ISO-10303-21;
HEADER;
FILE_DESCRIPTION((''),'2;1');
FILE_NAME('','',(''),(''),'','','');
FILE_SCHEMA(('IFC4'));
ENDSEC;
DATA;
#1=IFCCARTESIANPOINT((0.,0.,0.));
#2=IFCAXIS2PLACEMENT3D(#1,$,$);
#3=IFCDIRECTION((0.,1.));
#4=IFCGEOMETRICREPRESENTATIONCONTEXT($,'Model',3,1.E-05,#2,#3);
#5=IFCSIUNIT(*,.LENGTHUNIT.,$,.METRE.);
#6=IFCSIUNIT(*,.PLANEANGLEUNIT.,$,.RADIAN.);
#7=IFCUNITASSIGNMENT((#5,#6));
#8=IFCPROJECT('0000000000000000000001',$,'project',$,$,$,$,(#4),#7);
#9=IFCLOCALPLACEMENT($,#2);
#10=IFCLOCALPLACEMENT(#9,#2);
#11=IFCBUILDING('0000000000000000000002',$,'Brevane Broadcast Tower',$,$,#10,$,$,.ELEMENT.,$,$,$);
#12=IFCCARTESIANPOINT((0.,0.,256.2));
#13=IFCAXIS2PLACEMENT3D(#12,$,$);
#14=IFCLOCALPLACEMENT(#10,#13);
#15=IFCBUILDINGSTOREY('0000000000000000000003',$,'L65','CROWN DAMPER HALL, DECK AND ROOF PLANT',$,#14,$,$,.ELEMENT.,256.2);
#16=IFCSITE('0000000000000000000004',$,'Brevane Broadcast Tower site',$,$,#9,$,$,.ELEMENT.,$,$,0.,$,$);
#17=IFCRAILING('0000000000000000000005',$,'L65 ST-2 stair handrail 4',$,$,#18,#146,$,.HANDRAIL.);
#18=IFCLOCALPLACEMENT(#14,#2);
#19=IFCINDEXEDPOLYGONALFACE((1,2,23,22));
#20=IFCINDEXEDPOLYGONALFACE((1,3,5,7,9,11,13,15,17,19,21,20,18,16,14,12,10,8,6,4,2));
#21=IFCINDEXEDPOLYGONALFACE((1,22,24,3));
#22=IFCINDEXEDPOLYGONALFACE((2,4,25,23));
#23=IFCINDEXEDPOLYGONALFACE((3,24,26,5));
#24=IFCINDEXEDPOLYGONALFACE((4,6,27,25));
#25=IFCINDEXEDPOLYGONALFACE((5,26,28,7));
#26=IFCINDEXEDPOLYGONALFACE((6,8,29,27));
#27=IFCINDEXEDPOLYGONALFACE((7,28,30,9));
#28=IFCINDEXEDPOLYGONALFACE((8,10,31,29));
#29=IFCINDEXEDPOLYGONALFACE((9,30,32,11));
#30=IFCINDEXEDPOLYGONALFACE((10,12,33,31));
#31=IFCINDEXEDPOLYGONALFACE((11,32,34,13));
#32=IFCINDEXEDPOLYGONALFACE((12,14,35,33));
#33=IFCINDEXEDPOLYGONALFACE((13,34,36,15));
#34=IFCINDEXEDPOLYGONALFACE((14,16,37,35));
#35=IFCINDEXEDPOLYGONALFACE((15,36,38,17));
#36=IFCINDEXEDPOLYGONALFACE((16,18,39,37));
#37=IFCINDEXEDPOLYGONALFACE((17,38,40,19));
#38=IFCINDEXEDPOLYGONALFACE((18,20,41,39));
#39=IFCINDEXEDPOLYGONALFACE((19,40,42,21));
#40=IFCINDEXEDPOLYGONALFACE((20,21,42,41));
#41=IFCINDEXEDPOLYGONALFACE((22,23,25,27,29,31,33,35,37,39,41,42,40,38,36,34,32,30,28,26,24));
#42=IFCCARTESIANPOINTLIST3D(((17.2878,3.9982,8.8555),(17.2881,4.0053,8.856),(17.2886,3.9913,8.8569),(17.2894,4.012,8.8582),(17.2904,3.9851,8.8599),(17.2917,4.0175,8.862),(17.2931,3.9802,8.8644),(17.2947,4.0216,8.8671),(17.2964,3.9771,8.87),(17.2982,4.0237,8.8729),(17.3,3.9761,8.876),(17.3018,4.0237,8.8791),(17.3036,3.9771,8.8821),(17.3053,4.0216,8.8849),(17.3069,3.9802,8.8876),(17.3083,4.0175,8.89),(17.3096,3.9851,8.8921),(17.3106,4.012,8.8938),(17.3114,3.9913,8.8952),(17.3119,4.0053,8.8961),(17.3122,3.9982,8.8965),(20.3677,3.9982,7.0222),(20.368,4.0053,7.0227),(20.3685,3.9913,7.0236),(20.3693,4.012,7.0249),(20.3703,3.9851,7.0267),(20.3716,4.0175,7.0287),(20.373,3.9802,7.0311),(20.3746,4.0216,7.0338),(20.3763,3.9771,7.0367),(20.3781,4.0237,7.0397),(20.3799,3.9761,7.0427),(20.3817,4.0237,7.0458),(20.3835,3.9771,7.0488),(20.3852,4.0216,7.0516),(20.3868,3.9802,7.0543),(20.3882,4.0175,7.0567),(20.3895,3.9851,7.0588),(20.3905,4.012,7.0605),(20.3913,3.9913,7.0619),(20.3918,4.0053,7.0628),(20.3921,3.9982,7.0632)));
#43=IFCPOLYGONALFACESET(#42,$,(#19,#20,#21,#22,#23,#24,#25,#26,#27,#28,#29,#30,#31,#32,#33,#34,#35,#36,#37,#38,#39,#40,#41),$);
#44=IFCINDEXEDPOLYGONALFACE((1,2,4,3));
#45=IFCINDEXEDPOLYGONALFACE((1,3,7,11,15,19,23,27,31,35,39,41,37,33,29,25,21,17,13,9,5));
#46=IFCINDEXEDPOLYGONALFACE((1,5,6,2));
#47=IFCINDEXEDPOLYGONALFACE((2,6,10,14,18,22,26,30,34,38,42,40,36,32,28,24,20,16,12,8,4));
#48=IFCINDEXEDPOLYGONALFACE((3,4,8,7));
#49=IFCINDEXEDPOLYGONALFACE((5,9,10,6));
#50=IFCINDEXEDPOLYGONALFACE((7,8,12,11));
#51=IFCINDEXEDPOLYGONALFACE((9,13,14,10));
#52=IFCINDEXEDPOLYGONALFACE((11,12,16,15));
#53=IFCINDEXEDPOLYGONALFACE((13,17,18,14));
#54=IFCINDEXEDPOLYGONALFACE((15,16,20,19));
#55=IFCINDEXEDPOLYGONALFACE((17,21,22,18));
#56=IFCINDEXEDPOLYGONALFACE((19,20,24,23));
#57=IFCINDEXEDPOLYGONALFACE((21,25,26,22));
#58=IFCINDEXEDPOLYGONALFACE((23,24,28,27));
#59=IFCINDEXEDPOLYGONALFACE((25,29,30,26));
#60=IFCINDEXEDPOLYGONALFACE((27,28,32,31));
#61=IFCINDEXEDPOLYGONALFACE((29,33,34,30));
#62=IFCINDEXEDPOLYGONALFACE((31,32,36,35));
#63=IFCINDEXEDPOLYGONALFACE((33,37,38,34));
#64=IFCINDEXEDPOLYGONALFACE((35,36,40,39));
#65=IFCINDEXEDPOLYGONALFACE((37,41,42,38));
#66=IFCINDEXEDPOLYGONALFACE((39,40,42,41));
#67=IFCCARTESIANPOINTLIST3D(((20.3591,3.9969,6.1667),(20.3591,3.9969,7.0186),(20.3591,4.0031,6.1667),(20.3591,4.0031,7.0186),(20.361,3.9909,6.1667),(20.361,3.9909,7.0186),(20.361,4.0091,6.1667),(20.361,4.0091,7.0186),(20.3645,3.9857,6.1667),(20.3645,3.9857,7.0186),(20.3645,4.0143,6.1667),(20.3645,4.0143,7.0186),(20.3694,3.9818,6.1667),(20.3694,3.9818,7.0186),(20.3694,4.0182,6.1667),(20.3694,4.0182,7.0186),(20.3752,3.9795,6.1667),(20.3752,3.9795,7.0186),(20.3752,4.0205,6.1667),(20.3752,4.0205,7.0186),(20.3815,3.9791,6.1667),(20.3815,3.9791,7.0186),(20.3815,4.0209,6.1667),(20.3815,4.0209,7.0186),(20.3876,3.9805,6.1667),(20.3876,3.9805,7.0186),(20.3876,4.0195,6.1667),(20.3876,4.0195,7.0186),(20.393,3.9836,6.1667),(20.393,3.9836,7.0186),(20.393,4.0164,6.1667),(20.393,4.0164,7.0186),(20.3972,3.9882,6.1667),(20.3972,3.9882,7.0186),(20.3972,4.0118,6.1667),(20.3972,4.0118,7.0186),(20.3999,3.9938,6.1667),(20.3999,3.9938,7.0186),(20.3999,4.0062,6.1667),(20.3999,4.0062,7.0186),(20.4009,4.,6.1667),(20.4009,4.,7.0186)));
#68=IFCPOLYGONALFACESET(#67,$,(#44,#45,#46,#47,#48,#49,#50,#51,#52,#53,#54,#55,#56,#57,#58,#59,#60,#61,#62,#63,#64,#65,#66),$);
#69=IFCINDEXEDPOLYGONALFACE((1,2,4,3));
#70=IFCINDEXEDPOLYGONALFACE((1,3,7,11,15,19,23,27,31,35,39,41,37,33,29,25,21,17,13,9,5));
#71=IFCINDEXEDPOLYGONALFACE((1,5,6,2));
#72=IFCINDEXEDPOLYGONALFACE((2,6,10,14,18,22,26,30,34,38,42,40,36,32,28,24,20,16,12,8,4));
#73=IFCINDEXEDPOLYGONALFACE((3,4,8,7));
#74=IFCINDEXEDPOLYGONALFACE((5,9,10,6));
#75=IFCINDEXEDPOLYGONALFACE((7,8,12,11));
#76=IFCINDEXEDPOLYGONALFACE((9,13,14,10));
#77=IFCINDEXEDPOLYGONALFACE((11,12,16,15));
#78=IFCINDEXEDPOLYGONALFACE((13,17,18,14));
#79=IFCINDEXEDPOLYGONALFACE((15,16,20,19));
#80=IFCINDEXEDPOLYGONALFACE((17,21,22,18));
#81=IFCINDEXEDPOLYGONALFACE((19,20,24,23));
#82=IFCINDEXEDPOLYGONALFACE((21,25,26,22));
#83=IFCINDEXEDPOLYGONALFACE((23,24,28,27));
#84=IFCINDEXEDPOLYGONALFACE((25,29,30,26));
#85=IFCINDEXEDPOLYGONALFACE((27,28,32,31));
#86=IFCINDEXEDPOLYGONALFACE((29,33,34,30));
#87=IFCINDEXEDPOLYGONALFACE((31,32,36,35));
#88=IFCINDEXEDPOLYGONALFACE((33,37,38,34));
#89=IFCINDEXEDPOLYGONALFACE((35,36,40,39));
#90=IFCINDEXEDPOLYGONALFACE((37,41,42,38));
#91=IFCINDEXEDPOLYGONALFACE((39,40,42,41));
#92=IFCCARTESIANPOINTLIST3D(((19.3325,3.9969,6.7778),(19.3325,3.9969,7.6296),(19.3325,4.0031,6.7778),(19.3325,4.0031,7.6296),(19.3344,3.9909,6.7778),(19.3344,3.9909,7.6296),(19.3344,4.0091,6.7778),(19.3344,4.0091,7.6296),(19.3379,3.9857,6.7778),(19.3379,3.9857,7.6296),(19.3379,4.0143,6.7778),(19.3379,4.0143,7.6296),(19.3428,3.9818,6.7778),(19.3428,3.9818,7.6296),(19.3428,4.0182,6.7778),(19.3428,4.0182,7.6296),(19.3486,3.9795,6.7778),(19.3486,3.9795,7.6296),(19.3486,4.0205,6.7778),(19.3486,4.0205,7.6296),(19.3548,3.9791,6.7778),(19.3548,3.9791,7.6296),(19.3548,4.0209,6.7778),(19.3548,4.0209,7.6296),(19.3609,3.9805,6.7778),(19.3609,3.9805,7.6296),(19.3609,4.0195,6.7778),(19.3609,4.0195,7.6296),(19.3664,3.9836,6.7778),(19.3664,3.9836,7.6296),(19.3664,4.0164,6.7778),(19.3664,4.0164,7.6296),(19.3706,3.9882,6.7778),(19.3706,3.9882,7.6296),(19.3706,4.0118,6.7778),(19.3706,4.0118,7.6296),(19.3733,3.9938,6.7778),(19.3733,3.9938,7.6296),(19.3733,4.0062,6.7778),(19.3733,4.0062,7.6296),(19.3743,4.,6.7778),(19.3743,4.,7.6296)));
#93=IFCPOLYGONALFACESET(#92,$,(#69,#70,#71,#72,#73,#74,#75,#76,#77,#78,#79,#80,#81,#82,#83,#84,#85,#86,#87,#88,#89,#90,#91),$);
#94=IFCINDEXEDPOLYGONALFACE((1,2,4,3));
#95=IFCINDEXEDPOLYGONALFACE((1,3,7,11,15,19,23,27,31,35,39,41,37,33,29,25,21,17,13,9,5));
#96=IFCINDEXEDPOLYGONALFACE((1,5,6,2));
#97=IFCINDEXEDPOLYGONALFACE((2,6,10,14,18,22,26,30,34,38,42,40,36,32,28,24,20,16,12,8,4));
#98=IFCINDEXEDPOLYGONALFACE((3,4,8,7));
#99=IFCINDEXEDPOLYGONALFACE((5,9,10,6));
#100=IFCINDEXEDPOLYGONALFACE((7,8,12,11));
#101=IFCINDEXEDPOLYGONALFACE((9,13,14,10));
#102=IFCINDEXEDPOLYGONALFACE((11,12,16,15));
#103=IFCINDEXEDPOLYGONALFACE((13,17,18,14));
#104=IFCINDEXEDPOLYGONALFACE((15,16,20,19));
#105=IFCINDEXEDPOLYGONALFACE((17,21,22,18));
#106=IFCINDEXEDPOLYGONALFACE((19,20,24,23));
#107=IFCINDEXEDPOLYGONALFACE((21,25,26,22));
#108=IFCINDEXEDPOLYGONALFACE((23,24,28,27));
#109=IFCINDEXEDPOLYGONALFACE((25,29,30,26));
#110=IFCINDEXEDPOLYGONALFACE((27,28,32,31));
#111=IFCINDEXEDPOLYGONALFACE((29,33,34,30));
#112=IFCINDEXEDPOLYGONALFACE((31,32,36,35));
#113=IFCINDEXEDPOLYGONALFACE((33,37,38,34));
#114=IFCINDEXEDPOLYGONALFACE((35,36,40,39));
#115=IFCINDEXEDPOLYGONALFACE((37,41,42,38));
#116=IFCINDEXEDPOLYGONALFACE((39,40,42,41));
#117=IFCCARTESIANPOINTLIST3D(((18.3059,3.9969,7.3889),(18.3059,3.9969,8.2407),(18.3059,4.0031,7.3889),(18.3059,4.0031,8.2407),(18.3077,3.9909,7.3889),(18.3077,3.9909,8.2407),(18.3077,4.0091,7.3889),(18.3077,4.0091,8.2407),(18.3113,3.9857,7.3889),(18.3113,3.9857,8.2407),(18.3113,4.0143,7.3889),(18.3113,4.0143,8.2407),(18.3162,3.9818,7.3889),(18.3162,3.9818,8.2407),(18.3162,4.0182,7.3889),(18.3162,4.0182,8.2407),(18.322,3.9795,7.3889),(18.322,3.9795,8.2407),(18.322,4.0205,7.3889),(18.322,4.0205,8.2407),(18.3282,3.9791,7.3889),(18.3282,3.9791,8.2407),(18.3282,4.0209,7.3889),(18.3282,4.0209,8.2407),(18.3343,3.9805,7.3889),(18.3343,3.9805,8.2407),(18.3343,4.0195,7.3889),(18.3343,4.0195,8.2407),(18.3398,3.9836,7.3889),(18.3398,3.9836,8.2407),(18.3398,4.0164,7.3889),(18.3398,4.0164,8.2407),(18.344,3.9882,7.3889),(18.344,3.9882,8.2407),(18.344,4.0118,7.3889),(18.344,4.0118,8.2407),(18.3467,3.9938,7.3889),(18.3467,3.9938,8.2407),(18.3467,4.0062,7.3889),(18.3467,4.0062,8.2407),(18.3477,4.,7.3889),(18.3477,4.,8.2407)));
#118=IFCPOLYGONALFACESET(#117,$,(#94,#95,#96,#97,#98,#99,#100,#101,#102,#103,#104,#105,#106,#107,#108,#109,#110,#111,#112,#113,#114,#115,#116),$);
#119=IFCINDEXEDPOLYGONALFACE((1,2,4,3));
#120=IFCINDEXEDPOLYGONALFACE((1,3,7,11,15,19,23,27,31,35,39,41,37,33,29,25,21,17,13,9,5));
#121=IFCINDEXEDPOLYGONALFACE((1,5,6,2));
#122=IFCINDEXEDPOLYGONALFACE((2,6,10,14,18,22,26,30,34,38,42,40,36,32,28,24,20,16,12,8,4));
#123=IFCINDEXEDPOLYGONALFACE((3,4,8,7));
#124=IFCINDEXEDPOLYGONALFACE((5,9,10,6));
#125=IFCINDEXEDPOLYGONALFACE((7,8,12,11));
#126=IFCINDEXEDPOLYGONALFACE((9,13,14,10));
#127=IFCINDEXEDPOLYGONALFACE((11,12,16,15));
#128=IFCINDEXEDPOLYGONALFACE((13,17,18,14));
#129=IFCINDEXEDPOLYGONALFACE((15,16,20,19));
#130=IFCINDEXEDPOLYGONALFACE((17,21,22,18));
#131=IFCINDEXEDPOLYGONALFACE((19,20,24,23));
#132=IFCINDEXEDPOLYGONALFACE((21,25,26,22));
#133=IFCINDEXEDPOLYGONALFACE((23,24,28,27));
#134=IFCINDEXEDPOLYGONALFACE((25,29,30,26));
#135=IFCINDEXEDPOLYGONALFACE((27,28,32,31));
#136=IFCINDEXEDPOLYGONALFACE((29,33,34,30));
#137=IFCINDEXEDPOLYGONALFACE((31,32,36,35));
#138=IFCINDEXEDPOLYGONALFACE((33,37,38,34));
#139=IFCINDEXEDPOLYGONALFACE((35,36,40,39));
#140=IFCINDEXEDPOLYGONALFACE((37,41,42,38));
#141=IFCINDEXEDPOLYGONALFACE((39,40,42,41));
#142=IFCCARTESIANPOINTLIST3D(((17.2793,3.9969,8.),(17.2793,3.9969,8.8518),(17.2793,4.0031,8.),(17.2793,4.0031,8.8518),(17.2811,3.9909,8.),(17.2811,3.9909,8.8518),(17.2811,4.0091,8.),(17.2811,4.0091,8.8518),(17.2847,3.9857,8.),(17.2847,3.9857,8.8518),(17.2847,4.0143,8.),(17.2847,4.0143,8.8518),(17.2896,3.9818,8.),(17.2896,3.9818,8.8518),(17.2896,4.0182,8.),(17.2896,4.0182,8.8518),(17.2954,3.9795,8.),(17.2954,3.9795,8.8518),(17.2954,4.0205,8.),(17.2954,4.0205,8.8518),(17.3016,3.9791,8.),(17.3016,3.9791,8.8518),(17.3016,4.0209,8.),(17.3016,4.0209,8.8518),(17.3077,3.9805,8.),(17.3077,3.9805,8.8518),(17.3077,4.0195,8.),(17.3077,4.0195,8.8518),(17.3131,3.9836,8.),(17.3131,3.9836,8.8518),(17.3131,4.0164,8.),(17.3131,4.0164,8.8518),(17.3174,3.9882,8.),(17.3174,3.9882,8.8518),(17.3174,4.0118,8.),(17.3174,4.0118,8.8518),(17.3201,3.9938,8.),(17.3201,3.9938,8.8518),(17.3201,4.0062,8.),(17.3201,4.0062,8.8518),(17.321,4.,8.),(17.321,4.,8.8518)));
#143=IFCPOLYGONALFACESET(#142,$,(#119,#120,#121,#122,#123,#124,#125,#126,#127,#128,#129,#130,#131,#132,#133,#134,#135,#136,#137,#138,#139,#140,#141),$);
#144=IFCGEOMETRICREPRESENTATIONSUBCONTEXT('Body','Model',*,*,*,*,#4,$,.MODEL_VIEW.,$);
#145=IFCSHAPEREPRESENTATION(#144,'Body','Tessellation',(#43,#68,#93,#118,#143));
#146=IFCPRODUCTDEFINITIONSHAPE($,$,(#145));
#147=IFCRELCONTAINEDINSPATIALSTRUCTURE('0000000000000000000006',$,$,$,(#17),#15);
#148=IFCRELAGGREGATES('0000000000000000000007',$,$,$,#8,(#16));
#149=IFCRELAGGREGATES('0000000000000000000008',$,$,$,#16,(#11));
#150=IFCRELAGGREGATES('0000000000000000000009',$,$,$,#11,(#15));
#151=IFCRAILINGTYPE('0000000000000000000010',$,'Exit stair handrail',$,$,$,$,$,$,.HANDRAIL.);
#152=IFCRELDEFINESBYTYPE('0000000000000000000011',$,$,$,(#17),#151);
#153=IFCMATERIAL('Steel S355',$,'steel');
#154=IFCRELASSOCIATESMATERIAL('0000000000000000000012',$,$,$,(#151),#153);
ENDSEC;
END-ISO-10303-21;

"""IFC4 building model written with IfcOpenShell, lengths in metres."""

from ifc_helpers import new_model, si_unit, direction, frame, origin, origin_2d, place, context, subcontext, project, spatial, circle, extrude, material, type_object, element, save


model = new_model("IFC4")

# Units and contexts
model_context = context("Model", 3, precision=1e-05, world=origin(), true_north=direction((0.0, 1.0)))
body_context = subcontext(model_context, "Body", "Model", "MODEL_VIEW")
ifc_project = project(units=[si_unit("LENGTHUNIT", "METRE"), si_unit("PLANEANGLEUNIT", "RADIAN")], contexts=[model_context])

# Site, building, storey
site_placement = place(None, origin())
site = spatial("IfcSite", under=ifc_project, at=site_placement, Name="Brevane Broadcast Tower site", CompositionType="ELEMENT", RefElevation=0.0)
building_placement = place(site_placement, origin())
building = spatial("IfcBuilding", under=site, at=building_placement, Name="Brevane Broadcast Tower", CompositionType="ELEMENT")
storey_placement = place(building_placement, frame((0.0, 0.0, 256.2)))
storey = spatial("IfcBuildingStorey", under=building, at=storey_placement, Name="L65", Description="CROWN DAMPER HALL, DECK AND ROOF PLANT", CompositionType="ELEMENT", Elevation=256.2)

# Railing
ifc_material_1 = material(Name="Steel S355", Category="steel")
railing_type_1 = type_object("IfcRailingType", Name="Exit stair handrail", PredefinedType="HANDRAIL", material=ifc_material_1)
for number, where, name in (
    (1, (20.3799, 4.0, 6.1667), "L65 ST-2 stair handrail 4"),
):
    element("IfcRailing", number, at=place(storey_placement, frame(where)), inside=storey, type_object=railing_type_1, Name=name, PredefinedType="HANDRAIL", context=body_context, shape_type="SweptSolid", body=[
        extrude(circle(Radius=0.0239, at=origin_2d()), frame((0.0, 0.0, 0.876), z_axis=(-0.859291, 0.0, 0.511487), x_axis=(0.0, -1.0, 0.0)), (0.0, 0.0, 1.0), 3.5842),
        extrude(circle(Radius=0.021, at=origin_2d()), origin(), (0.0, 0.0, 1.0), 0.8518),
        extrude(circle(Radius=0.021, at=origin_2d()), frame((-1.0266, 0.0, 0.6111)), (0.0, 0.0, 1.0), 0.8518),
        extrude(circle(Radius=0.021, at=origin_2d()), frame((-2.0532, 0.0, 1.2222)), (0.0, 0.0, 1.0), 0.8518),
        extrude(circle(Radius=0.021, at=origin_2d()), frame((-3.0798, 0.0, 1.8333)), (0.0, 0.0, 1.0), 0.8518),
    ])

save(model, "model.ifc")
